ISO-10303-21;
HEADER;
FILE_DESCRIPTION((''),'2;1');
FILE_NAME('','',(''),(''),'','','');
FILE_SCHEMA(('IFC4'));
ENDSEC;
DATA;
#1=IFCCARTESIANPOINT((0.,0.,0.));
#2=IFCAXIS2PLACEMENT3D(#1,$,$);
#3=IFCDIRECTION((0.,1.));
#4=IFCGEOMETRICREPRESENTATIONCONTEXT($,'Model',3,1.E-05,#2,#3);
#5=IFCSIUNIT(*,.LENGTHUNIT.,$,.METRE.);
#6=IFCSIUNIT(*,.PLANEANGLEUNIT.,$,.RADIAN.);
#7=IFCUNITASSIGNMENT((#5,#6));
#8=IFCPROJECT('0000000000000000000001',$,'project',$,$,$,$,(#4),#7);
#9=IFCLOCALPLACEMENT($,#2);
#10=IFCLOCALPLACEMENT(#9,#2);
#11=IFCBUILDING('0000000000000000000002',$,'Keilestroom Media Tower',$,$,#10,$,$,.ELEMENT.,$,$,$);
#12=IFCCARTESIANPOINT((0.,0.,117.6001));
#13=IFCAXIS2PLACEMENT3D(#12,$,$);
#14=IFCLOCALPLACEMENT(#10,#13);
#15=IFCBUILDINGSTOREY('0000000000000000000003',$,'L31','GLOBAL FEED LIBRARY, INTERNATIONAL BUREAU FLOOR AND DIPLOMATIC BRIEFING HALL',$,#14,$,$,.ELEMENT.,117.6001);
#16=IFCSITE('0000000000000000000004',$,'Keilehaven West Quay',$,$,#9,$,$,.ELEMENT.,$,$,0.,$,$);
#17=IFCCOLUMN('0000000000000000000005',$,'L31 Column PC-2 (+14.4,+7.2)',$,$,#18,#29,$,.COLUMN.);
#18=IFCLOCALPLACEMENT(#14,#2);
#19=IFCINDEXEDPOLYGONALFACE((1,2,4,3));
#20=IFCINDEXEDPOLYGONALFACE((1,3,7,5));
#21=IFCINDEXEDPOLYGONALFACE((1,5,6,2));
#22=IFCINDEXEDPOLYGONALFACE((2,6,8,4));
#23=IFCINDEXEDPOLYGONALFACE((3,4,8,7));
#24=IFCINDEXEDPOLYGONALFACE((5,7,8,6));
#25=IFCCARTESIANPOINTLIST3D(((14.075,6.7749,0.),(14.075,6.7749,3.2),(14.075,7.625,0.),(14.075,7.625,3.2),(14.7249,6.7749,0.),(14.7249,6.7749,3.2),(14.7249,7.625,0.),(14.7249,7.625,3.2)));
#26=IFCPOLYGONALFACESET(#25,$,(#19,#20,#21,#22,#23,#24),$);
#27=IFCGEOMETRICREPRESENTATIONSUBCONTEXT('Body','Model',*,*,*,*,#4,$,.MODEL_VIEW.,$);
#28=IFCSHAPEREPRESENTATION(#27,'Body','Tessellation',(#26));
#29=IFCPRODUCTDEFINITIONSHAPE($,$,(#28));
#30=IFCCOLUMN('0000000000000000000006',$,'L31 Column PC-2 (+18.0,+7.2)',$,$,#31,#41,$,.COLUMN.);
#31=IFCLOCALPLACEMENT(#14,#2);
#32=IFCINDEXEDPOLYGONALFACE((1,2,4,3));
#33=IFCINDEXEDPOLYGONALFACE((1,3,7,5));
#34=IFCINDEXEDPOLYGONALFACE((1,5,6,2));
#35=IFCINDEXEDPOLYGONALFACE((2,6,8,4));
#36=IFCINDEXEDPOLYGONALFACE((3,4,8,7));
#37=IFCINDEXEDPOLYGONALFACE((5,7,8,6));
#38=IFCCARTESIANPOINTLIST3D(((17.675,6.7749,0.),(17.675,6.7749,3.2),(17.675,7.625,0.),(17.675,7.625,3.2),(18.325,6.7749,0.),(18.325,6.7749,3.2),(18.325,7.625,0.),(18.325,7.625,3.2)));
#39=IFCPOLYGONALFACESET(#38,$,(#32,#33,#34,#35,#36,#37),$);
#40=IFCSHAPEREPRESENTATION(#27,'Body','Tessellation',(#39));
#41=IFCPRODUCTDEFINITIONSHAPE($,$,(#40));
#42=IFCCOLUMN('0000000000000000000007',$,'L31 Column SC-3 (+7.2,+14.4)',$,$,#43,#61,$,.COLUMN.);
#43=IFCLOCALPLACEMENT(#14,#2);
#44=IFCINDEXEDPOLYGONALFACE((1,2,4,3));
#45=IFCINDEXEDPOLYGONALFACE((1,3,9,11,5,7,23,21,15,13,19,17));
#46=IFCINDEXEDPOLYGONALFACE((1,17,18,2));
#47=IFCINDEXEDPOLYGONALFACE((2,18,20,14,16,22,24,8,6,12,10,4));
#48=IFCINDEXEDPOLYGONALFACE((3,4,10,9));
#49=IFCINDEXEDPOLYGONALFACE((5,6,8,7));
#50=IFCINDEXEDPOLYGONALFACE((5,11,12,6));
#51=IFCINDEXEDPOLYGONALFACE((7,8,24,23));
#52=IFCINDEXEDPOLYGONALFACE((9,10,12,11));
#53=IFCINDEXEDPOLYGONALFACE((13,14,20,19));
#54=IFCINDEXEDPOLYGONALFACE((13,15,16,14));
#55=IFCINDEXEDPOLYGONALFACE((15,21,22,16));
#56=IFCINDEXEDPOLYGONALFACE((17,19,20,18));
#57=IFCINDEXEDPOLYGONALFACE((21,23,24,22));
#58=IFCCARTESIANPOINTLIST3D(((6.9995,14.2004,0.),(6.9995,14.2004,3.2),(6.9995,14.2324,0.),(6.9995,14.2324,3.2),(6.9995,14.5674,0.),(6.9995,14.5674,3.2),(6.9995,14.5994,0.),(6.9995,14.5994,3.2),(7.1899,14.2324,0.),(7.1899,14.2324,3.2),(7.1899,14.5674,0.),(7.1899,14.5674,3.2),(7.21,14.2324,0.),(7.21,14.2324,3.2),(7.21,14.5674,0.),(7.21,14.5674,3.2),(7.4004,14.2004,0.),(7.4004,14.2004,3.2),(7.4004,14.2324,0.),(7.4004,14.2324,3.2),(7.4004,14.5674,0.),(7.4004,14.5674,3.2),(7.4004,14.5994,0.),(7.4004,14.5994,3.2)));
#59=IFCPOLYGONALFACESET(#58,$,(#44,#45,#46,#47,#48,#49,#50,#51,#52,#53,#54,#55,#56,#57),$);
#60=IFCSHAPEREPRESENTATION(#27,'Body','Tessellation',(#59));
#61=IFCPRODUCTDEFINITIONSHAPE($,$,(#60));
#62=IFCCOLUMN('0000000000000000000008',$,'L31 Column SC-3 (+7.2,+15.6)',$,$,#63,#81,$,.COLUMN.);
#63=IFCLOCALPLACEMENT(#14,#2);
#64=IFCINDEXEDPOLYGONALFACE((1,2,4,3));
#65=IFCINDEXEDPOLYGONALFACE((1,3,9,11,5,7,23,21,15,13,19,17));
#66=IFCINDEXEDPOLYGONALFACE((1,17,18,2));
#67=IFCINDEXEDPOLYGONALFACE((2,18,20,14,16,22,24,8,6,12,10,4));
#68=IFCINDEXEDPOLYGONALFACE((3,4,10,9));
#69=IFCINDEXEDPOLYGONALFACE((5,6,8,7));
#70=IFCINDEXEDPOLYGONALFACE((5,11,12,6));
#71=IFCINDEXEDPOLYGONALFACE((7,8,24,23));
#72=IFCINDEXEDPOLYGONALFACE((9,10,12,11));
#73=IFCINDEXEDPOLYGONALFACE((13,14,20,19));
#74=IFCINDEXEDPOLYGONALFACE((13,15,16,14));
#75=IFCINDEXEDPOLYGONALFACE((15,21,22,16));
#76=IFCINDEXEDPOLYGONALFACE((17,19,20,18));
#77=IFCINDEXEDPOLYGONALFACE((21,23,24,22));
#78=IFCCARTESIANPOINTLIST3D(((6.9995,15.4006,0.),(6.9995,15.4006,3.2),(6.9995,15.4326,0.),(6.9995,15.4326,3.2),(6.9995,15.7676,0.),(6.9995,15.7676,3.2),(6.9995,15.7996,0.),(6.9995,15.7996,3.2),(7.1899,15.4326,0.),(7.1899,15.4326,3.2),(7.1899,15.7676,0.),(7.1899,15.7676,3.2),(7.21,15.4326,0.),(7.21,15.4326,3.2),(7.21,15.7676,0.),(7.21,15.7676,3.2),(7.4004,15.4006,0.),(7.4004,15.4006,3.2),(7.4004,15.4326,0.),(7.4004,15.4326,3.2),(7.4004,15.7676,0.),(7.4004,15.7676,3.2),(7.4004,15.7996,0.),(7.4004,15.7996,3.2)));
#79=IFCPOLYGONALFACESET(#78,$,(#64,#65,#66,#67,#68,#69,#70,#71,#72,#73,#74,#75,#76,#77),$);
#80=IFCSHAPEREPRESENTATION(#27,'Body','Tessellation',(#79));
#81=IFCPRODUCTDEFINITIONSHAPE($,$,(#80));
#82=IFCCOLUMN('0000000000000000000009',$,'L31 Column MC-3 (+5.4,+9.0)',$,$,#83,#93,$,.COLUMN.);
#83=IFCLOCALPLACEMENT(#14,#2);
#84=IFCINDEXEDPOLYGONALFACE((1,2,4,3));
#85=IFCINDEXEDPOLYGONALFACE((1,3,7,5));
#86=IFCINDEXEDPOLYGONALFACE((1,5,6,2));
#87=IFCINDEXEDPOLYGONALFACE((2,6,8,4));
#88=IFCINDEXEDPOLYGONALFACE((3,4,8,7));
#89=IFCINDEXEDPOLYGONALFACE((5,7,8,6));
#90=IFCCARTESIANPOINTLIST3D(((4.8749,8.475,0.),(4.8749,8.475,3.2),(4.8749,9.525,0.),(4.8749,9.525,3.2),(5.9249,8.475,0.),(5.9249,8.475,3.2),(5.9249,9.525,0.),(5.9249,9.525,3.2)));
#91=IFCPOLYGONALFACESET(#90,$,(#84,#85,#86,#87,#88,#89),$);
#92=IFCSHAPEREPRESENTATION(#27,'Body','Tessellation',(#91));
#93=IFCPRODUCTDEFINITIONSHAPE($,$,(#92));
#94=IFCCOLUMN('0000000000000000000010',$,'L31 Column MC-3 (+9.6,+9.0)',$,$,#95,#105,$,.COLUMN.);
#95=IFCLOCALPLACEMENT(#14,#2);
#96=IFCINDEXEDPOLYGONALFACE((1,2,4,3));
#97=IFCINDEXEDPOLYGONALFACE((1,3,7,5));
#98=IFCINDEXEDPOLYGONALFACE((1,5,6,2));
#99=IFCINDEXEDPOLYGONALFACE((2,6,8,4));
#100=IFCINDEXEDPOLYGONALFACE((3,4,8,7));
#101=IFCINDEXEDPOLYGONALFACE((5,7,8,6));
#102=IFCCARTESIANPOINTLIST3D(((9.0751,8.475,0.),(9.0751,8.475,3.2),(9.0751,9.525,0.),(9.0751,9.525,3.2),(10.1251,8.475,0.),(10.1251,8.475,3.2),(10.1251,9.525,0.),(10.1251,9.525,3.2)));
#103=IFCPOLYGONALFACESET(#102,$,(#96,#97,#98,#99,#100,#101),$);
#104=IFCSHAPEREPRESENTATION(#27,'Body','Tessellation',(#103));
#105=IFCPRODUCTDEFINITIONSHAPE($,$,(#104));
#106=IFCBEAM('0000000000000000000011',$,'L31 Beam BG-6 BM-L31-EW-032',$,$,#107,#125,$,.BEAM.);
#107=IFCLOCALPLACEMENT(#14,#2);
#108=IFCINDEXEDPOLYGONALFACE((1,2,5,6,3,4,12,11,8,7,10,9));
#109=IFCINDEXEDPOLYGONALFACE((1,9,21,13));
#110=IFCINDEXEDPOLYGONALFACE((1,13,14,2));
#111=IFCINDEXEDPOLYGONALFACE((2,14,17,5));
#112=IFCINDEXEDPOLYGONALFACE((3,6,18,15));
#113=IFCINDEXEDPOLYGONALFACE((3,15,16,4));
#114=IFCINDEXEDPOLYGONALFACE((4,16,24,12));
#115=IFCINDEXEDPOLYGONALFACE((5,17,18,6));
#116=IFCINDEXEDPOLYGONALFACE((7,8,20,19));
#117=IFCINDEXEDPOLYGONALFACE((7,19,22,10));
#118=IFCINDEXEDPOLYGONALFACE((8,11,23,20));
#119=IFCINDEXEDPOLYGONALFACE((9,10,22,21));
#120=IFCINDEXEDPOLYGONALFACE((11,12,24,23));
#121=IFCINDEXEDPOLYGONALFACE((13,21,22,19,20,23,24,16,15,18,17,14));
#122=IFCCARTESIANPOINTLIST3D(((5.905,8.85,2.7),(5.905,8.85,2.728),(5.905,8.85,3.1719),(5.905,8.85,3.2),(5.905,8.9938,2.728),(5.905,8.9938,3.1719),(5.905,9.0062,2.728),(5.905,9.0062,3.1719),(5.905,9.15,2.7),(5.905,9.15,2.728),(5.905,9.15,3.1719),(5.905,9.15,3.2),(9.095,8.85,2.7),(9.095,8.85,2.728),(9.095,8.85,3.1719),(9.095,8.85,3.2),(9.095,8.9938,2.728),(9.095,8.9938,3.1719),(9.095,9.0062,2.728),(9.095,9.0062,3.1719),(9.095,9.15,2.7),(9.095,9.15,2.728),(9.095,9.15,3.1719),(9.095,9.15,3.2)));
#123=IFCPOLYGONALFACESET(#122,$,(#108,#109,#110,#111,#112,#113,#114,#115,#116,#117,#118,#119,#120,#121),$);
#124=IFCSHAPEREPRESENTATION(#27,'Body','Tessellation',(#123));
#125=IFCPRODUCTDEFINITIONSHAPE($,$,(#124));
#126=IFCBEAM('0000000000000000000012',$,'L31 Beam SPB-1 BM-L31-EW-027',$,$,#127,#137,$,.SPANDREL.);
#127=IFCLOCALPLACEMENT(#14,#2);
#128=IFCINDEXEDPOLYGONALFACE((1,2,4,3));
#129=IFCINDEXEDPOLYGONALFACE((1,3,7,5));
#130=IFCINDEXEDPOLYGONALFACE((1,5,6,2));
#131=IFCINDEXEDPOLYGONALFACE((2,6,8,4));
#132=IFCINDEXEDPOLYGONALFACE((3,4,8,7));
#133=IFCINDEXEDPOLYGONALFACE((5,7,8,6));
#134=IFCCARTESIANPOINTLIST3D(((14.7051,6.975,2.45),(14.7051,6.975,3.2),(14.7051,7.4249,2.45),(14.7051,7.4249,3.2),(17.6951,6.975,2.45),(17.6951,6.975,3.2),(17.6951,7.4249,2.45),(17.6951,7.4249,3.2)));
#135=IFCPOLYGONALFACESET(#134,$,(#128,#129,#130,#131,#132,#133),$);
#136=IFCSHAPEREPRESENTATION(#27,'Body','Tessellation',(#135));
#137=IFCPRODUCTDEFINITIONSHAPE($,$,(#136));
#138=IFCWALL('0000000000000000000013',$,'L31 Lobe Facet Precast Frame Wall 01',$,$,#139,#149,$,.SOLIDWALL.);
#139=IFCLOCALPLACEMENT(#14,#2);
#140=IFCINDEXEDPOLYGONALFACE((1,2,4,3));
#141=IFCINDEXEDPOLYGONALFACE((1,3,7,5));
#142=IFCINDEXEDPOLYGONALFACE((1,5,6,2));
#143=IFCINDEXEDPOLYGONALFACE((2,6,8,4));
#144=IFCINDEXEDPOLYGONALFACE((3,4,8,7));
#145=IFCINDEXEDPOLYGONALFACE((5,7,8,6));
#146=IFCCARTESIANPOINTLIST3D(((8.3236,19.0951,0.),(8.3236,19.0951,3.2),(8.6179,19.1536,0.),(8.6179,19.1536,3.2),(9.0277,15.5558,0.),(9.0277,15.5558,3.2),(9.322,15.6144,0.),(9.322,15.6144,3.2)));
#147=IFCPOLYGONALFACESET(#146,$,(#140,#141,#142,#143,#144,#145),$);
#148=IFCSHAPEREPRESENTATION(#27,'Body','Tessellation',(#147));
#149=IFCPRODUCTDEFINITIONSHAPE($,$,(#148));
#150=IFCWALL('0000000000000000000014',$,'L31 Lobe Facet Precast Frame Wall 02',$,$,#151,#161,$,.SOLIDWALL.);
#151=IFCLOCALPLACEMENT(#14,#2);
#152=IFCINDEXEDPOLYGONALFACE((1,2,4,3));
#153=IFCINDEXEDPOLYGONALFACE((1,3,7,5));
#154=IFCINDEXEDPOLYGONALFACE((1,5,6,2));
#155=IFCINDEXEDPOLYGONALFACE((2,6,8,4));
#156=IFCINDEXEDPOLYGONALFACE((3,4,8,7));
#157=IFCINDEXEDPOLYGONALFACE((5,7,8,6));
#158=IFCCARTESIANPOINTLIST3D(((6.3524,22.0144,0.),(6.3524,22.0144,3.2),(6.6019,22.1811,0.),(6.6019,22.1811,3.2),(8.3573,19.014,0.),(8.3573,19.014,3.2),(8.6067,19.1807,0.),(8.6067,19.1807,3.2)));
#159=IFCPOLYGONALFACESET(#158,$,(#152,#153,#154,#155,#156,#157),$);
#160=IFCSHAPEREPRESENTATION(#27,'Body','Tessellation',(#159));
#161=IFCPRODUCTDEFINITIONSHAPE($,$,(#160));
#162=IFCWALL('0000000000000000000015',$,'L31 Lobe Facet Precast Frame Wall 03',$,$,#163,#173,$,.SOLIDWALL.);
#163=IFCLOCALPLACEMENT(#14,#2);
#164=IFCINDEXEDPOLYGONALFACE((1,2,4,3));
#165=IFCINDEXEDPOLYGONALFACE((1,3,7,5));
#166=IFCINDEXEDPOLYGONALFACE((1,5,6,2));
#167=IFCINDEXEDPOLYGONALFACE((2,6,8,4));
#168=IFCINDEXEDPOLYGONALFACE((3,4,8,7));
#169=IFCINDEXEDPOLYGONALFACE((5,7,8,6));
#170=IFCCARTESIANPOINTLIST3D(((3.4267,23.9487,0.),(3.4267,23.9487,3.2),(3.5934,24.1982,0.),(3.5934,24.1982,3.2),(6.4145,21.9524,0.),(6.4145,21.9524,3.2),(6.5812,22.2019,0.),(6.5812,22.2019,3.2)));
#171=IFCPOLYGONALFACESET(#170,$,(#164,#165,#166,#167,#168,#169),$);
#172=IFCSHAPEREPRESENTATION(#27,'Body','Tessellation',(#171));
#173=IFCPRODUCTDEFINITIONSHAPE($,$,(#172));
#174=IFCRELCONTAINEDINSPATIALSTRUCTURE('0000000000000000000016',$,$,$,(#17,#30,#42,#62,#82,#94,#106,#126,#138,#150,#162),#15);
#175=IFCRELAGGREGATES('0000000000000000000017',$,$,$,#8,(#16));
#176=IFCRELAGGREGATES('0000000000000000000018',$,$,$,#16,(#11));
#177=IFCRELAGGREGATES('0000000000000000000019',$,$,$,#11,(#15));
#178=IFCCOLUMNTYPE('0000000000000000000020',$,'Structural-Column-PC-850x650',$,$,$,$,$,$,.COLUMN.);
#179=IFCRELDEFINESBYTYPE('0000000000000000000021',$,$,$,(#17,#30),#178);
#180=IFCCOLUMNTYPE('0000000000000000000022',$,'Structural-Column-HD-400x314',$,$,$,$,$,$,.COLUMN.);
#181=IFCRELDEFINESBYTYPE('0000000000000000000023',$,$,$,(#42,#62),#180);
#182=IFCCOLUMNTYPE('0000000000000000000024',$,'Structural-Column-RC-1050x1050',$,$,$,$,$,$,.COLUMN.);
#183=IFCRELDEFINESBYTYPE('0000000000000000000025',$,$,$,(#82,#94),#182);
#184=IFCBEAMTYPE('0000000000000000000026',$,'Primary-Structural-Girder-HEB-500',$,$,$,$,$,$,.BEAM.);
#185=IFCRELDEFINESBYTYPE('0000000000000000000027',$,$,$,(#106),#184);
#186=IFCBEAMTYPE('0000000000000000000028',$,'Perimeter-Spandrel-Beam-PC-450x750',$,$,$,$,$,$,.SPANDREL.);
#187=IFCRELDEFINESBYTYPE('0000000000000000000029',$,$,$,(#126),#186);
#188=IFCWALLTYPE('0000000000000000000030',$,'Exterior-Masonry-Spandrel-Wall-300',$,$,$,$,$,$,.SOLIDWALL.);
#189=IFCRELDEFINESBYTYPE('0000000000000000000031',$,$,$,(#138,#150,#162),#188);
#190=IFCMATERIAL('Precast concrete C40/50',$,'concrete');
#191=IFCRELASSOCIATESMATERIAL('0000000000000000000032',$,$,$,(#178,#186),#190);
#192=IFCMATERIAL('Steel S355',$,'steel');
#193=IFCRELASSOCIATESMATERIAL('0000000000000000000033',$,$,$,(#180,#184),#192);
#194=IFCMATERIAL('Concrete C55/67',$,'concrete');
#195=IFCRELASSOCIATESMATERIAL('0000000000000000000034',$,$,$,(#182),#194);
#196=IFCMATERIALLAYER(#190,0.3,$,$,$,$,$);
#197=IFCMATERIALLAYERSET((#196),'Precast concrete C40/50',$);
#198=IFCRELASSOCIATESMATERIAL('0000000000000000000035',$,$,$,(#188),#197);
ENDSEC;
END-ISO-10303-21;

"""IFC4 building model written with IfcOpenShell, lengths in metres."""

from ifc_helpers import new_model, si_unit, direction, frame, frame_2d, origin, origin_2d, place, context, subcontext, project, spatial, rectangle, i_section, extrude, source, transform, mapped, material, layer, layer_set, material_profile, profile_set, type_object, element, save


model = new_model("IFC4")

# Units and contexts
model_context = context("Model", 3, precision=1e-05, world=origin(), true_north=direction((0.0, 1.0)))
body_context = subcontext(model_context, "Body", "Model", "MODEL_VIEW")
ifc_project = project(units=[si_unit("LENGTHUNIT", "METRE"), si_unit("PLANEANGLEUNIT", "RADIAN")], contexts=[model_context])

# Site, building, storey
site_placement = place(None, origin())
site = spatial("IfcSite", under=ifc_project, at=site_placement, Name="Keilehaven West Quay", CompositionType="ELEMENT", RefElevation=0.0)
building_placement = place(site_placement, origin())
building = spatial("IfcBuilding", under=site, at=building_placement, Name="Keilestroom Media Tower", CompositionType="ELEMENT")
storey_placement = place(building_placement, frame((0.0, 0.0, 117.6001)))
storey = spatial("IfcBuildingStorey", under=building, at=storey_placement, Name="L31", Description="GLOBAL FEED LIBRARY, INTERNATIONAL BUREAU FLOOR AND DIPLOMATIC BRIEFING HALL", CompositionType="ELEMENT", Elevation=117.6001)

# Columns
ifc_material_1 = material(Name="Precast concrete C40/50", Category="concrete")
ifc_material_profile_1 = material_profile(ifc_material_1, rectangle(XDim=0.6499, YDim=0.8501, at=origin_2d()), Name="PC 850x650")
ifc_profile_set_1 = profile_set([ifc_material_profile_1], Name="Precast concrete C40/50")
column_type_1 = type_object("IfcColumnType", Name="Structural-Column-PC-850x650", PredefinedType="COLUMN", material=ifc_profile_set_1)
shared_shape_1 = source(origin(), body_context, "Body", "SweptSolid", [
    extrude(rectangle(XDim=0.6499, YDim=0.8501, at=origin_2d()), origin(), (0.0, 0.0, 1.0), 3.2),
])
for number, where, z_axis, x_axis, name in (
    (1, (14.3999, 7.2, 0.0), (0.0, 0.0, 1.0), (1.0, 0.0, 0.0), "L31 Column PC-2 (+14.4,+7.2)"),
    (2, (18.0, 7.2, 0.0), (0.0, 0.0, 1.0), (1.0, 0.0, 0.0), "L31 Column PC-2 (+18.0,+7.2)"),
):
    element("IfcColumn", number, at=place(storey_placement, frame(where, z_axis=z_axis, x_axis=x_axis)), inside=storey, type_object=column_type_1, Name=name, PredefinedType="COLUMN", context=body_context, shape_type="MappedRepresentation", body=[
        mapped(shared_shape_1, transform((0.0, 0.0, 0.0), x_axis=(1.0, 0.0, 0.0), y_axis=(0.0, 1.0, 0.0), z_axis=(0.0, 0.0, 1.0), scale=1.0)),
    ])
ifc_material_2 = material(Name="Steel S355", Category="steel")
ifc_material_profile_2 = material_profile(ifc_material_2, i_section(OverallWidth=0.4009, OverallDepth=0.3989, WebThickness=0.02, FlangeThickness=0.032, at=origin_2d()), Name="HD 400x314")
ifc_profile_set_2 = profile_set([ifc_material_profile_2], Name="Steel S355")
column_type_2 = type_object("IfcColumnType", Name="Structural-Column-HD-400x314", PredefinedType="COLUMN", material=ifc_profile_set_2)
shared_shape_2 = source(origin(), body_context, "Body", "SweptSolid", [
    extrude(i_section(OverallWidth=0.4009, OverallDepth=0.3989, WebThickness=0.02, FlangeThickness=0.032, at=origin_2d()), origin(), (0.0, 0.0, 1.0), 3.2),
])
for number, where, z_axis, x_axis, name in (
    (3, (7.2, 14.3999, 0.0), (0.0, 0.0, 1.0), (1.0, 0.0, 0.0), "L31 Column SC-3 (+7.2,+14.4)"),
    (4, (7.2, 15.6001, 0.0), (0.0, 0.0, 1.0), (1.0, 0.0, 0.0), "L31 Column SC-3 (+7.2,+15.6)"),
):
    element("IfcColumn", number, at=place(storey_placement, frame(where, z_axis=z_axis, x_axis=x_axis)), inside=storey, type_object=column_type_2, Name=name, PredefinedType="COLUMN", context=body_context, shape_type="MappedRepresentation", body=[
        mapped(shared_shape_2, transform((0.0, 0.0, 0.0), x_axis=(1.0, 0.0, 0.0), y_axis=(0.0, 1.0, 0.0), z_axis=(0.0, 0.0, 1.0), scale=1.0)),
    ])
ifc_material_3 = material(Name="Concrete C55/67", Category="concrete")
ifc_material_profile_3 = material_profile(ifc_material_3, rectangle(XDim=1.05, YDim=1.05, at=origin_2d()), Name="RC 1050x1050")
ifc_profile_set_3 = profile_set([ifc_material_profile_3], Name="Concrete C55/67")
column_type_3 = type_object("IfcColumnType", Name="Structural-Column-RC-1050x1050", PredefinedType="COLUMN", material=ifc_profile_set_3)
shared_shape_3 = source(origin(), body_context, "Body", "SweptSolid", [
    extrude(rectangle(XDim=1.05, YDim=1.05, at=origin_2d()), origin(), (0.0, 0.0, 1.0), 3.2),
])
for number, where, z_axis, x_axis, name in (
    (5, (5.3999, 9.0, 0.0), (0.0, 0.0, 1.0), (1.0, 0.0, 0.0), "L31 Column MC-3 (+5.4,+9.0)"),
    (6, (9.6001, 9.0, 0.0), (0.0, 0.0, 1.0), (1.0, 0.0, 0.0), "L31 Column MC-3 (+9.6,+9.0)"),
):
    element("IfcColumn", number, at=place(storey_placement, frame(where, z_axis=z_axis, x_axis=x_axis)), inside=storey, type_object=column_type_3, Name=name, PredefinedType="COLUMN", context=body_context, shape_type="MappedRepresentation", body=[
        mapped(shared_shape_3, transform((0.0, 0.0, 0.0), x_axis=(1.0, 0.0, 0.0), y_axis=(0.0, 1.0, 0.0), z_axis=(0.0, 0.0, 1.0), scale=1.0)),
    ])

# Beams
ifc_material_profile_4 = material_profile(ifc_material_2, i_section(OverallWidth=0.3, OverallDepth=0.5, WebThickness=0.0125, FlangeThickness=0.0281, at=origin_2d()), Name="HEB 500")
ifc_profile_set_4 = profile_set([ifc_material_profile_4], Name="Steel S355")
beam_type_1 = type_object("IfcBeamType", Name="Primary-Structural-Girder-HEB-500", PredefinedType="BEAM", material=ifc_profile_set_4)
shared_shape_4 = source(origin(), body_context, "Body", "SweptSolid", [
    extrude(i_section(OverallWidth=0.3, OverallDepth=0.5, WebThickness=0.0125, FlangeThickness=0.0281, at=origin_2d()), origin(), (0.0, 0.0, 1.0), 3.1899),
])
beam_1_placement = place(storey_placement, frame((5.905, 9.0, 2.95), z_axis=(1.0, 0.0, 0.0), x_axis=(0.0, 1.0, 0.0)))
element("IfcBeam", 7, at=beam_1_placement, inside=storey, type_object=beam_type_1, Name="L31 Beam BG-6 BM-L31-EW-032", PredefinedType="BEAM", context=body_context, shape_type="MappedRepresentation", body=[
    mapped(shared_shape_4, transform((0.0, 0.0, 0.0), x_axis=(1.0, 0.0, 0.0), y_axis=(0.0, 1.0, 0.0), z_axis=(0.0, 0.0, 1.0), scale=1.0)),
])
ifc_material_profile_5 = material_profile(ifc_material_1, rectangle(XDim=0.45, YDim=0.75, at=origin_2d()), Name="PC 450x750")
ifc_profile_set_5 = profile_set([ifc_material_profile_5], Name="Precast concrete C40/50")
beam_type_2 = type_object("IfcBeamType", Name="Perimeter-Spandrel-Beam-PC-450x750", PredefinedType="SPANDREL", material=ifc_profile_set_5)
shared_shape_5 = source(origin(), body_context, "Body", "SweptSolid", [
    extrude(rectangle(XDim=0.45, YDim=0.75, at=origin_2d()), origin(), (0.0, 0.0, 1.0), 2.99),
])
beam_2_placement = place(storey_placement, frame((14.7051, 7.2, 2.825), z_axis=(1.0, 0.0, 0.0), x_axis=(0.0, 1.0, 0.0)))
element("IfcBeam", 8, at=beam_2_placement, inside=storey, type_object=beam_type_2, Name="L31 Beam SPB-1 BM-L31-EW-027", PredefinedType="SPANDREL", context=body_context, shape_type="MappedRepresentation", body=[
    mapped(shared_shape_5, transform((0.0, 0.0, 0.0), x_axis=(1.0, 0.0, 0.0), y_axis=(0.0, 1.0, 0.0), z_axis=(0.0, 0.0, 1.0), scale=1.0)),
])

# Walls
ifc_layer_1 = layer(ifc_material_1, 0.3)
ifc_layer_set_1 = layer_set([ifc_layer_1], Name="Precast concrete C40/50")
wall_type_1 = type_object("IfcWallType", Name="Exterior-Masonry-Spandrel-Wall-300", PredefinedType="SOLIDWALL", material=ifc_layer_set_1)
for number, where, z_axis, x_axis, name in (
    (9, (9.1748, 15.5852, 0.0), (0.0, 0.0, 1.0), (-0.195114, 0.980781, 0.0), "L31 Lobe Facet Precast Frame Wall 01"),
    (10, (8.4819, 19.0974, 0.0), (0.0, 0.0, 1.0), (-0.555574, 0.831467, 0.0), "L31 Lobe Facet Precast Frame Wall 02"),
):
    element("IfcWall", number, at=place(storey_placement, frame(where, z_axis=z_axis, x_axis=x_axis)), inside=storey, type_object=wall_type_1, Name=name, PredefinedType="SOLIDWALL", context=body_context, shape_type="SweptSolid", body=[
        extrude(rectangle(XDim=3.6086, YDim=0.3, at=frame_2d((1.8042, 0.0))), origin(), (0.0, 0.0, 1.0), 3.2),
    ])
wall_1_placement = place(storey_placement, frame((6.4978, 22.0771, 0.0), z_axis=(0.0, 0.0, 1.0), x_axis=(-0.831475, 0.555562, 0.0)))
element("IfcWall", 11, at=wall_1_placement, inside=storey, type_object=wall_type_1, Name="L31 Lobe Facet Precast Frame Wall 03", PredefinedType="SOLIDWALL", context=body_context, shape_type="SweptSolid", body=[
    extrude(rectangle(XDim=3.5933, YDim=0.3, at=frame_2d((1.7966, 0.0))), origin(), (0.0, 0.0, 1.0), 3.2),
])

save(model, "model.ifc")
